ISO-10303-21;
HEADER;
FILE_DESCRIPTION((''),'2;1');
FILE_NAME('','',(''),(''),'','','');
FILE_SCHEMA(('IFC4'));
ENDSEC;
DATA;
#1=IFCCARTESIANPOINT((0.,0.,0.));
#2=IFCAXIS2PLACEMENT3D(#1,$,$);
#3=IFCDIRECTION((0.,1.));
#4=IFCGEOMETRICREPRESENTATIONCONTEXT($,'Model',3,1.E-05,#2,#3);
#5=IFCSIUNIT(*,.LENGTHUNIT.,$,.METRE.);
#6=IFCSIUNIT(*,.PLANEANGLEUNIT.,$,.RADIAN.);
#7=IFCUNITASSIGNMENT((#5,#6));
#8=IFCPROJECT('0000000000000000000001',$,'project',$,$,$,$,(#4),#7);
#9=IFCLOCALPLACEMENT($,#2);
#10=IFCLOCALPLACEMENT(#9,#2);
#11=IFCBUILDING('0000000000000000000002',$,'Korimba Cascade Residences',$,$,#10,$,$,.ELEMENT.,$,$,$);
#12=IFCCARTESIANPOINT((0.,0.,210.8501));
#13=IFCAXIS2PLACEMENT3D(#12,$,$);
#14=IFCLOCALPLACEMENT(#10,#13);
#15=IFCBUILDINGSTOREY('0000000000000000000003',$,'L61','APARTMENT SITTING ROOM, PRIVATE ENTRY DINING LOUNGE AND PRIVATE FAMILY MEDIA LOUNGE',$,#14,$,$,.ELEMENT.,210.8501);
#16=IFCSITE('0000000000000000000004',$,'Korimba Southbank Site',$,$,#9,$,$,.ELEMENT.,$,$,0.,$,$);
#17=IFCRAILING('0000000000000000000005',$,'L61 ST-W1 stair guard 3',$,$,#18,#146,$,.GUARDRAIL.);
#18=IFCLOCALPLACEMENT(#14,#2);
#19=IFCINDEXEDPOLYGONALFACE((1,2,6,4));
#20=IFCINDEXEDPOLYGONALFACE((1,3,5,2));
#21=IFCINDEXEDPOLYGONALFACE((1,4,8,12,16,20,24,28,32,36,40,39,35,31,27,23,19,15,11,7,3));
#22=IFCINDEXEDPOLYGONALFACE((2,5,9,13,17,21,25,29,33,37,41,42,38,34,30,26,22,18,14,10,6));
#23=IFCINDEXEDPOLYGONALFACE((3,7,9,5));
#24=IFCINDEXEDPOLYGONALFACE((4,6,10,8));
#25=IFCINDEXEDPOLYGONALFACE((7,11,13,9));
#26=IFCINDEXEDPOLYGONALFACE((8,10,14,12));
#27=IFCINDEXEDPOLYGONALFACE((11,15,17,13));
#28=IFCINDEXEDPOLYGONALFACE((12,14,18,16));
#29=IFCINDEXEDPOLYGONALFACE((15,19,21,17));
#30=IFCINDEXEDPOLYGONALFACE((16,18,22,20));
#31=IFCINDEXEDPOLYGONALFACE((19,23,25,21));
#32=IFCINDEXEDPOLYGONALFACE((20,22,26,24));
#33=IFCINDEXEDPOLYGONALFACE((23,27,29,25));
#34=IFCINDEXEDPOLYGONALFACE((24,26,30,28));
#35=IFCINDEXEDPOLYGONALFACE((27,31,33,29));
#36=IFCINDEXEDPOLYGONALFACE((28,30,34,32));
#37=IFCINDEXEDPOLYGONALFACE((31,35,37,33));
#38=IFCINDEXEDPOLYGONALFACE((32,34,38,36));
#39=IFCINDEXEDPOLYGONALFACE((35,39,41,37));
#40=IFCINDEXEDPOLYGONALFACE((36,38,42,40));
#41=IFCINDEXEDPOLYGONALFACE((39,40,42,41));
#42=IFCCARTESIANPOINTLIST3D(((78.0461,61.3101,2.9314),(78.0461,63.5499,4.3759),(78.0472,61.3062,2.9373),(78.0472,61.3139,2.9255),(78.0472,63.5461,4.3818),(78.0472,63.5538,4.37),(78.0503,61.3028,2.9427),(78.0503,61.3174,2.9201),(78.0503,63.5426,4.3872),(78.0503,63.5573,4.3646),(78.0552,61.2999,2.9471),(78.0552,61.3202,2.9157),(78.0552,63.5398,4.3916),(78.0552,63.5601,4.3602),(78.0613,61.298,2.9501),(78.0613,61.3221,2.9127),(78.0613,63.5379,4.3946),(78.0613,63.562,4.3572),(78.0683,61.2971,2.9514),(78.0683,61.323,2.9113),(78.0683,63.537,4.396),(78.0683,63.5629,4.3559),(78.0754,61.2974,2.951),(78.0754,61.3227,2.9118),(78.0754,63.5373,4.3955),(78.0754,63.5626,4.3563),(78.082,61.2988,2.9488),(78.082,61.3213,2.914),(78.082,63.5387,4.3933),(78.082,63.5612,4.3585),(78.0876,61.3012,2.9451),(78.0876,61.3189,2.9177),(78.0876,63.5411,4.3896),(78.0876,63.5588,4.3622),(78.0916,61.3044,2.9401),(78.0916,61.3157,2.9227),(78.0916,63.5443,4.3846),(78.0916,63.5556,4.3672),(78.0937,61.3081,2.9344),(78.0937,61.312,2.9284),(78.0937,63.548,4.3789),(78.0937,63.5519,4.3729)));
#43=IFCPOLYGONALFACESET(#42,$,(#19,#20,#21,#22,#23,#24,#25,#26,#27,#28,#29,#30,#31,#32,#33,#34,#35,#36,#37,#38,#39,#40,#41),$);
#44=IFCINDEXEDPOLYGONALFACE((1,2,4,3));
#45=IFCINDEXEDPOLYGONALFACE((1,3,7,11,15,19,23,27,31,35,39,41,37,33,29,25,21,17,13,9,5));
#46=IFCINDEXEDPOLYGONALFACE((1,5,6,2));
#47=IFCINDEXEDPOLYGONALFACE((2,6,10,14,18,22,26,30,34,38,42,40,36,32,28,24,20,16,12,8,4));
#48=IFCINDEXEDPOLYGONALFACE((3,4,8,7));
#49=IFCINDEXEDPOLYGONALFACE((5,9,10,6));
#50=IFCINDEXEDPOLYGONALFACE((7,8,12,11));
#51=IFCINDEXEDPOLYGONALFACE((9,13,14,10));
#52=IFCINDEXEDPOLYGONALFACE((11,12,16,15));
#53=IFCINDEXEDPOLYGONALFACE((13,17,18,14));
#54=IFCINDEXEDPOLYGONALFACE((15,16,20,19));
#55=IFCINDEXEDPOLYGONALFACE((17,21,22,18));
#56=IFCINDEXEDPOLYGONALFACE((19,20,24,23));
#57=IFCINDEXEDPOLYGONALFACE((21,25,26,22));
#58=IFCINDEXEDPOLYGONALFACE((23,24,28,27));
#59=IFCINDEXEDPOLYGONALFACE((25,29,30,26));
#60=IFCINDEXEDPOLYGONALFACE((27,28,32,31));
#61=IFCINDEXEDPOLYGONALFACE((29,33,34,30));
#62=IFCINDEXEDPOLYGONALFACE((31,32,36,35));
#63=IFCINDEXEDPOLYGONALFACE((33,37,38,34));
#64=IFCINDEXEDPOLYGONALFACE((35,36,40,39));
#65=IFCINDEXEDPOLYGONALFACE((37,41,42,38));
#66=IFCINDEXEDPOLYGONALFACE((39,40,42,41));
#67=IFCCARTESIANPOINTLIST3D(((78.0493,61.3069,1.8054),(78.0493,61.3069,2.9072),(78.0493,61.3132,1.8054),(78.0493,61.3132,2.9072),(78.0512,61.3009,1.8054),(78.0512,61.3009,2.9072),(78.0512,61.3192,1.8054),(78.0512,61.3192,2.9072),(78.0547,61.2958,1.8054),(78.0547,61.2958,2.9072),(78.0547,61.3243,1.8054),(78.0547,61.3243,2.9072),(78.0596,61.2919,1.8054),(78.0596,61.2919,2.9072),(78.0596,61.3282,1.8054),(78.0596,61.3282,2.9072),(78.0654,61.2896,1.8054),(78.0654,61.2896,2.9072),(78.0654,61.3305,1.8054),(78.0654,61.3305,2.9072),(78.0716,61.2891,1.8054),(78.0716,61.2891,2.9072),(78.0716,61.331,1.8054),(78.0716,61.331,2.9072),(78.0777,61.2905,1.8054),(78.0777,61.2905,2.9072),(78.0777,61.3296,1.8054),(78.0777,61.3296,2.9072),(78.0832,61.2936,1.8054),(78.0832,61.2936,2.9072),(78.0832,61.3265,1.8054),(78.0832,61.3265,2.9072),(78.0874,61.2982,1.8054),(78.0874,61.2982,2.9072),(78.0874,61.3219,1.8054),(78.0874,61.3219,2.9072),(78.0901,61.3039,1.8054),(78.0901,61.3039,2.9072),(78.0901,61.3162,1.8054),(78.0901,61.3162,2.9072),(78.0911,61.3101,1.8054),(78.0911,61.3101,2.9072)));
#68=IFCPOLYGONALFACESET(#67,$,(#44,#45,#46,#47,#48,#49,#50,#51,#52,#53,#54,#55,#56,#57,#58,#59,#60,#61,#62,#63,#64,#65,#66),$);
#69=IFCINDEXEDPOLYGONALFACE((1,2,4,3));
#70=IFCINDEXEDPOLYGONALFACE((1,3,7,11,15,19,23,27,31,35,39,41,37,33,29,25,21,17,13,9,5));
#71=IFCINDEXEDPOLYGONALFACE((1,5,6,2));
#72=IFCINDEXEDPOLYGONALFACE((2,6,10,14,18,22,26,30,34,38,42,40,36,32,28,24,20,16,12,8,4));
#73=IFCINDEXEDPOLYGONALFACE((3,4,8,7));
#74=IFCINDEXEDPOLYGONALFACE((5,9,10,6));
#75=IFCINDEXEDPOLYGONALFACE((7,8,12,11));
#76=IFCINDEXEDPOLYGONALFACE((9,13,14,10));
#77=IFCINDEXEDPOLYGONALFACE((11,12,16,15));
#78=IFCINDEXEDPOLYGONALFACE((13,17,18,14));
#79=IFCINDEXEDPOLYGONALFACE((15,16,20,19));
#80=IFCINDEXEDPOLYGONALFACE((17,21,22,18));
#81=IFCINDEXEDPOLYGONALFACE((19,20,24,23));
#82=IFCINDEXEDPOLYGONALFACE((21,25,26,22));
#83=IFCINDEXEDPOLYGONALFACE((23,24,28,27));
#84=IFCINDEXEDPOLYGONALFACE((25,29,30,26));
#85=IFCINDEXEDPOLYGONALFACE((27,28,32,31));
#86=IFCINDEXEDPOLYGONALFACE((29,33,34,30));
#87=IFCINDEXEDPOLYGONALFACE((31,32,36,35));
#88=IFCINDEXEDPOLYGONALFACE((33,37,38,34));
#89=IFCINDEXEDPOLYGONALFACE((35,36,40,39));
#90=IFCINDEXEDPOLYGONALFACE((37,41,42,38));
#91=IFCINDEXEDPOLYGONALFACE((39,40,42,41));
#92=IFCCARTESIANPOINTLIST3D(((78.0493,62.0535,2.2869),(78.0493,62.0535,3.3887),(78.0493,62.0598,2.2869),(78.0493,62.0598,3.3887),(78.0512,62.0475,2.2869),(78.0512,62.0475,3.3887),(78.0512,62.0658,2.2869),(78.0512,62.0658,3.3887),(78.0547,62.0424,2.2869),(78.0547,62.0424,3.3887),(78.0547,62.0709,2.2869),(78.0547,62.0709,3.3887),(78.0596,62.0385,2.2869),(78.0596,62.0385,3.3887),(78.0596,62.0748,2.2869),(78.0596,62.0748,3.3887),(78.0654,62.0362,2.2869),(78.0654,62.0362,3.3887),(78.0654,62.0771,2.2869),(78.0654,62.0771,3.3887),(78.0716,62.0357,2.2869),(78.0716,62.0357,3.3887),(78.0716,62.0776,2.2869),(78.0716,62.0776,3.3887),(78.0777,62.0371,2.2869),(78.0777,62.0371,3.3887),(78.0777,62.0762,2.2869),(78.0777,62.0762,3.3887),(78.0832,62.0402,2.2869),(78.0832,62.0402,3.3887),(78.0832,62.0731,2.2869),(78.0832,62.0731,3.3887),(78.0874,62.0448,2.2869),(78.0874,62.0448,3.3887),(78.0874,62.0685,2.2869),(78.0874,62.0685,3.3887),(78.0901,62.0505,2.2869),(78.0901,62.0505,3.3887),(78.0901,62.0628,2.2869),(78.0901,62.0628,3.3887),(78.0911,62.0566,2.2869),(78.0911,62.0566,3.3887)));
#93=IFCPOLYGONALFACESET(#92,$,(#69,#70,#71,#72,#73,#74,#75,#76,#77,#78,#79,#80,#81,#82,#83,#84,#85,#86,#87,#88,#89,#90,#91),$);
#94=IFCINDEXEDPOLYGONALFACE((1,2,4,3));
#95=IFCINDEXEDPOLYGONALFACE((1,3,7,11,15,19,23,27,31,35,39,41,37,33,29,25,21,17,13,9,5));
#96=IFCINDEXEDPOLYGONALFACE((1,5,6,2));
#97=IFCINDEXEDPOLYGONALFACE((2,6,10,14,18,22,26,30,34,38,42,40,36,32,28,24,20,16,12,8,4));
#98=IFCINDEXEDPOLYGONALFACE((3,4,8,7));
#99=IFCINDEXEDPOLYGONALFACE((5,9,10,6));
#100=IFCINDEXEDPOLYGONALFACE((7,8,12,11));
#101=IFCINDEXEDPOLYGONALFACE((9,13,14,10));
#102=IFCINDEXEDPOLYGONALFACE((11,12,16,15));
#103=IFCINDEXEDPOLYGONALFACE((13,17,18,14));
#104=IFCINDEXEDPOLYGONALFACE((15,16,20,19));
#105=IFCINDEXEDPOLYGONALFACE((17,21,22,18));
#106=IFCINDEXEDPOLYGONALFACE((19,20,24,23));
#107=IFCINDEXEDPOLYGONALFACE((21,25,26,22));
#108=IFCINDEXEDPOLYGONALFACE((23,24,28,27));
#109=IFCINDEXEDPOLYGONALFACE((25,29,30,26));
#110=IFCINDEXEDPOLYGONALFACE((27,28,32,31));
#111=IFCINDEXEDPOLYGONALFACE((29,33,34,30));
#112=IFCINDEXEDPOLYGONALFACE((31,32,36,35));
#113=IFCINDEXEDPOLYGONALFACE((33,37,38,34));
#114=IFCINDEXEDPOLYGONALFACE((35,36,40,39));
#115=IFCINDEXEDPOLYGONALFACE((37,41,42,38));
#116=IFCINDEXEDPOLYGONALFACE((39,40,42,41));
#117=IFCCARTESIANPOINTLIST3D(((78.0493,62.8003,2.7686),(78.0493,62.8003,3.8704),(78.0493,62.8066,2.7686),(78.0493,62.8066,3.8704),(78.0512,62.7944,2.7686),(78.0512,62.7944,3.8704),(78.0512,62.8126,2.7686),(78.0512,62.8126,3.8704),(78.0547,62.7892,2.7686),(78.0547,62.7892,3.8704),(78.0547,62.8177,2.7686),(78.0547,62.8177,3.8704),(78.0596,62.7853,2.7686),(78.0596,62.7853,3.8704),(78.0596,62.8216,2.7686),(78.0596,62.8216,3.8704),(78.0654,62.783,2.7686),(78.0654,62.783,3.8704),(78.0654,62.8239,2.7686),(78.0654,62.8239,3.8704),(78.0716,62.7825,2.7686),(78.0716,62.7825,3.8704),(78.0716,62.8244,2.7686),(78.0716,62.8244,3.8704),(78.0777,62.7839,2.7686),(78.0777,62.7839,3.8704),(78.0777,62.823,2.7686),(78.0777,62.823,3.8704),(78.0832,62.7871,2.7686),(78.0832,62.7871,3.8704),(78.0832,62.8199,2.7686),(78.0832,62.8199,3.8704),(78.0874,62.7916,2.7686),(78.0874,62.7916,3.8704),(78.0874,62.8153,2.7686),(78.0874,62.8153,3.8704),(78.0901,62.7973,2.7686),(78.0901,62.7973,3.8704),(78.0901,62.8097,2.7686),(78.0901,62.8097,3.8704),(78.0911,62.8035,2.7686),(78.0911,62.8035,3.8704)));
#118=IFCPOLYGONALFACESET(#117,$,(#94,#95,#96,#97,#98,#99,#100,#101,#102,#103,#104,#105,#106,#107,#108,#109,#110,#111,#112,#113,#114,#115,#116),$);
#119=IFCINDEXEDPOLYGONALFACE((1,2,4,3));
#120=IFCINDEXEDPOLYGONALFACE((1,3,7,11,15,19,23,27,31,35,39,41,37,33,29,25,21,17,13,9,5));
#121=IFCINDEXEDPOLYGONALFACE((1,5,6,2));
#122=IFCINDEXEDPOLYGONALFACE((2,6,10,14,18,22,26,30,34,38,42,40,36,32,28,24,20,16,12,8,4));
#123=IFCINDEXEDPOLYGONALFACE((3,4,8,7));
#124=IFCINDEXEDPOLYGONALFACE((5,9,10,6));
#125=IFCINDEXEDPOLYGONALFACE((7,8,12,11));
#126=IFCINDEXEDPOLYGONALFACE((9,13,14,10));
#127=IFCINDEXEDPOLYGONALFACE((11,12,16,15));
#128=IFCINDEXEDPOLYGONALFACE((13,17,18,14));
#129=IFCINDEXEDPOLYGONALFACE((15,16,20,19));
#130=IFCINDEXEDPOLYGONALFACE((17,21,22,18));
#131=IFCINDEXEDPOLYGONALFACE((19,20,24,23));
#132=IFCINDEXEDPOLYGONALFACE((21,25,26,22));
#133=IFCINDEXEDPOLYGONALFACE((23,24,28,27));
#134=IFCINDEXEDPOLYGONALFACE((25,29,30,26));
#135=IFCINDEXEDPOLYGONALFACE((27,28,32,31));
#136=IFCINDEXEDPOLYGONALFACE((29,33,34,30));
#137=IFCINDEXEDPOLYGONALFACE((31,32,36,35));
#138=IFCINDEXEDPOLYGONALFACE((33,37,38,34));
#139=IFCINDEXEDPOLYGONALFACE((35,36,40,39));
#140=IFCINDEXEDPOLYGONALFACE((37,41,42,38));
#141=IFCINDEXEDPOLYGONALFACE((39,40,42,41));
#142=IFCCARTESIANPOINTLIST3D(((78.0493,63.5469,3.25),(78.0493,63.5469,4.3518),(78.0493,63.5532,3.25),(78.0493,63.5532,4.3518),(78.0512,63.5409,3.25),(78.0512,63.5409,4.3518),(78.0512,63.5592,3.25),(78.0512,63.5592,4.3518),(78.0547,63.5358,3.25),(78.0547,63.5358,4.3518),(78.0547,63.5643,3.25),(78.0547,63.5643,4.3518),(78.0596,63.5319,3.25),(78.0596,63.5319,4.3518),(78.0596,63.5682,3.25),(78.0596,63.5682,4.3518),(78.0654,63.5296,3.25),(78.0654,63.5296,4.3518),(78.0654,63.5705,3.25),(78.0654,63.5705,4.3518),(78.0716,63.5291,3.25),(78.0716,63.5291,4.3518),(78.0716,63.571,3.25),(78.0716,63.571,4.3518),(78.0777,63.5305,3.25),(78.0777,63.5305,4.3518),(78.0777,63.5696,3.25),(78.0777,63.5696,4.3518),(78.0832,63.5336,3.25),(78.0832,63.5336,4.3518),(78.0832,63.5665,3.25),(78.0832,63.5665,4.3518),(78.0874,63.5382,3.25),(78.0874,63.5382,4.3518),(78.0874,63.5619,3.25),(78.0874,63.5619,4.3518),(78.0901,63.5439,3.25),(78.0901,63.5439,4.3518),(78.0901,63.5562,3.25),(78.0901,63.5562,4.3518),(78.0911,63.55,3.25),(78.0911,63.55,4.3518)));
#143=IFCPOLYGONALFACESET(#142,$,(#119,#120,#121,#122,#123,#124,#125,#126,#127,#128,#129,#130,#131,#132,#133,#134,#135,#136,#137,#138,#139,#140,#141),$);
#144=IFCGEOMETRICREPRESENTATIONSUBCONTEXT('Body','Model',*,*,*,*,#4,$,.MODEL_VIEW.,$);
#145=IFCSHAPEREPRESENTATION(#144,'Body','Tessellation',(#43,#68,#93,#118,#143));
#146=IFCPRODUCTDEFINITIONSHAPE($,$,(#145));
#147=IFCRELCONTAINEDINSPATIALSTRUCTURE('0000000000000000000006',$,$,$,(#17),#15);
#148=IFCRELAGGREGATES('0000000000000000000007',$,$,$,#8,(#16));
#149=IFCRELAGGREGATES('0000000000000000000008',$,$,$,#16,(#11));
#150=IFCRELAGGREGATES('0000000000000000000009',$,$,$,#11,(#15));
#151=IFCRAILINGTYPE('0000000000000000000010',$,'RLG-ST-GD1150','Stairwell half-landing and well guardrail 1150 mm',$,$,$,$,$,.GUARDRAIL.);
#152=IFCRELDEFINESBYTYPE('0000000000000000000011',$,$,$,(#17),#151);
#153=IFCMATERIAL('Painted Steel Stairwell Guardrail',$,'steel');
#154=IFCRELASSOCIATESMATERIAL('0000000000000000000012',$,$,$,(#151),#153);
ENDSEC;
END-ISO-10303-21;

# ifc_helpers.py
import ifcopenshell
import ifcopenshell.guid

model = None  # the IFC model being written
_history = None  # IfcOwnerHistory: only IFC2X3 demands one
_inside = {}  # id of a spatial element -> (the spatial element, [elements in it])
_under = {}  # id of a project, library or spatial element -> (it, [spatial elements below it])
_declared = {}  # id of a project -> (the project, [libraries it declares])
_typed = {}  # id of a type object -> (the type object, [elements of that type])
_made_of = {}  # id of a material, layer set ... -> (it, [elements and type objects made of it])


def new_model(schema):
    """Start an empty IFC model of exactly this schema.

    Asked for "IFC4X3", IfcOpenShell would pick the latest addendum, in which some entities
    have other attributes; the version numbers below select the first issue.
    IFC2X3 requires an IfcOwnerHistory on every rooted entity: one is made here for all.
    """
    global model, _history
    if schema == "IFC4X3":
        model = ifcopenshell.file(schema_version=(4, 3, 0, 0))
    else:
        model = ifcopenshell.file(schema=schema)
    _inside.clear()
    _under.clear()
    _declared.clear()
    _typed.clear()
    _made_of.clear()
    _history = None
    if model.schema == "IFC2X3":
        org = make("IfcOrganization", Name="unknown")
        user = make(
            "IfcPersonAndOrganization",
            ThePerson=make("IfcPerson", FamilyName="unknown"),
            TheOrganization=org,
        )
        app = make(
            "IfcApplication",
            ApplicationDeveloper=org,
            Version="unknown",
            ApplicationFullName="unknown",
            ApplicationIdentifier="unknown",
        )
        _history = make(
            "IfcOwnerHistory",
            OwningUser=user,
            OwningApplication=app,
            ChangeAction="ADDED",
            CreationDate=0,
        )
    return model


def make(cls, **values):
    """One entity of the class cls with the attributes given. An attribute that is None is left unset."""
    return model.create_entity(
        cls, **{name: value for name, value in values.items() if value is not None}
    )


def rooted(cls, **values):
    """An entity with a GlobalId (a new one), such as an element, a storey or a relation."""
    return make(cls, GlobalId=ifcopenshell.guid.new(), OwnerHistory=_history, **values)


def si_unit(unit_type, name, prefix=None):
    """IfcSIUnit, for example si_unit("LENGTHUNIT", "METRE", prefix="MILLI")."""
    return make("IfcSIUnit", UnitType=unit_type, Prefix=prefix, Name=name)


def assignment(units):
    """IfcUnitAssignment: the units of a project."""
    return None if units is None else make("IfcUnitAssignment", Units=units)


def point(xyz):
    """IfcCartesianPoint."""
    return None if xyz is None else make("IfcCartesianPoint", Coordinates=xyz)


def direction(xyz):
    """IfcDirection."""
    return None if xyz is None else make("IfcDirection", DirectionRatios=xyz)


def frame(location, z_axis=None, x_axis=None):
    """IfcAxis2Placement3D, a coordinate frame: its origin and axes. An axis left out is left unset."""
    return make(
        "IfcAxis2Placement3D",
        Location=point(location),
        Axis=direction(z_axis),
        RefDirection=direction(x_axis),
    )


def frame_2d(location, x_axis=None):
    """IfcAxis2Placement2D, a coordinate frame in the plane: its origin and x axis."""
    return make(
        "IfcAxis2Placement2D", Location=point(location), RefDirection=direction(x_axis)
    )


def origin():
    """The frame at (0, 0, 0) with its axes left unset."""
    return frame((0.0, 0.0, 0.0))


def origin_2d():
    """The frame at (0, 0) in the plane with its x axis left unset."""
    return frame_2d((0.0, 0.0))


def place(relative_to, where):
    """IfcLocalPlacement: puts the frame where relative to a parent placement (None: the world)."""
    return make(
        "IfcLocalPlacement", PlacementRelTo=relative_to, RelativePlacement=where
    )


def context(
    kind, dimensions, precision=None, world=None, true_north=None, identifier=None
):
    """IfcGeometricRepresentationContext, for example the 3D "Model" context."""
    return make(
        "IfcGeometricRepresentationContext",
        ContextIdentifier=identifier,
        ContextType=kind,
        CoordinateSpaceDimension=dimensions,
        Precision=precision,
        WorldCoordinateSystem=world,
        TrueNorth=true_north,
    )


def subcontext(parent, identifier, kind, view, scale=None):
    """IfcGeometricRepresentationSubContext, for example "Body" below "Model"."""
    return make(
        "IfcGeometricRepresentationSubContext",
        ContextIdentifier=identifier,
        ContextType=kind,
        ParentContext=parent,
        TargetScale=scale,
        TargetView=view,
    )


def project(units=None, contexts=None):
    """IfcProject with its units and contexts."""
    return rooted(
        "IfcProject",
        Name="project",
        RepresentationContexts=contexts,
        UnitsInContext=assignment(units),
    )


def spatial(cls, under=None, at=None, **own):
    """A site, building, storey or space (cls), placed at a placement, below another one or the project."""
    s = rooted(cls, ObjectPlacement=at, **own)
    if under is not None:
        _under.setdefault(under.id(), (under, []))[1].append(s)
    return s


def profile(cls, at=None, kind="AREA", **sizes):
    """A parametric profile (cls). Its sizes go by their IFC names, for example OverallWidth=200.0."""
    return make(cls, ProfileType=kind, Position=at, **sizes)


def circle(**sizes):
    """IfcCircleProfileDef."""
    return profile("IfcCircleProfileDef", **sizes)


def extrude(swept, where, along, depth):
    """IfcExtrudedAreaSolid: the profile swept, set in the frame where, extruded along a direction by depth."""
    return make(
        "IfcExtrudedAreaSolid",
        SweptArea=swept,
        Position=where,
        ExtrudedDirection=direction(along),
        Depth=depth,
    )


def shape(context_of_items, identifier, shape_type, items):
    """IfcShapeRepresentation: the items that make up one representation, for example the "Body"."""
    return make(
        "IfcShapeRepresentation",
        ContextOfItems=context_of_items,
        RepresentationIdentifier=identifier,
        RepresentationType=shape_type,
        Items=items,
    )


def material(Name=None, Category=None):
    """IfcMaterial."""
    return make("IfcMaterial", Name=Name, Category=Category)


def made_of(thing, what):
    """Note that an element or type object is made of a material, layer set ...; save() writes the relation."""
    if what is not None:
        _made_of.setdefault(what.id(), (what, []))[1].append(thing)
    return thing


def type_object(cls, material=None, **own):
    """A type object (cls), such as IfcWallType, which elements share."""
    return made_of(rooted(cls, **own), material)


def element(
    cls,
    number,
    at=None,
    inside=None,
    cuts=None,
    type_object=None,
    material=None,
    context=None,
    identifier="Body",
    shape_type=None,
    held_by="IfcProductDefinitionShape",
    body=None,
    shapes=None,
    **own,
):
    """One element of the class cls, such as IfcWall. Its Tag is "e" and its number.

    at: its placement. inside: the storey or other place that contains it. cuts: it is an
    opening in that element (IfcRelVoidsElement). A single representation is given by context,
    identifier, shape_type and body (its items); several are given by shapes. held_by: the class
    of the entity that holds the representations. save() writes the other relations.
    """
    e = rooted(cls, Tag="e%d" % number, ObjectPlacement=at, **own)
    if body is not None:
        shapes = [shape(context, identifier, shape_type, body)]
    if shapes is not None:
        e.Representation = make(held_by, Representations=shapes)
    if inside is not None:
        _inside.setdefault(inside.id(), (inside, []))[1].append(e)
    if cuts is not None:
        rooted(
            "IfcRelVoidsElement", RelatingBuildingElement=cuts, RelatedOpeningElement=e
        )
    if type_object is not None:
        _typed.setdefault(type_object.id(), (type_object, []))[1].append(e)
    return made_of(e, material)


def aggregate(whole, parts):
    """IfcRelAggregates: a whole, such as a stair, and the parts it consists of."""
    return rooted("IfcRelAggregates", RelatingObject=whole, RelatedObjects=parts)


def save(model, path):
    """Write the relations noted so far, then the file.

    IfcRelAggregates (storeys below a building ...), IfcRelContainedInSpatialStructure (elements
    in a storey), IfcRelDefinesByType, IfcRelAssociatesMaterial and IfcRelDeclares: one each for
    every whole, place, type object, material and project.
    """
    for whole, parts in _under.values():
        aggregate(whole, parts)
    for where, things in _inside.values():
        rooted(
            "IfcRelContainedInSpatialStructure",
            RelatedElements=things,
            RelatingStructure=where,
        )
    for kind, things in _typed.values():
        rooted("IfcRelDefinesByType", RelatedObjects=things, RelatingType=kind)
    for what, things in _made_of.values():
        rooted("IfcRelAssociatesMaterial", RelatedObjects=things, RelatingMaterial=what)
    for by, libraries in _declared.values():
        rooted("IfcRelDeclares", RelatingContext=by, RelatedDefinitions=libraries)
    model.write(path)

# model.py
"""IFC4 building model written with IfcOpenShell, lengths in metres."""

from ifc_helpers import new_model, si_unit, direction, frame, origin, origin_2d, place, context, subcontext, project, spatial, circle, extrude, material, type_object, element, save


model = new_model("IFC4")

# Units and contexts
model_context = context("Model", 3, precision=1e-05, world=origin(), true_north=direction((0.0, 1.0)))
body_context = subcontext(model_context, "Body", "Model", "MODEL_VIEW")
ifc_project = project(units=[si_unit("LENGTHUNIT", "METRE"), si_unit("PLANEANGLEUNIT", "RADIAN")], contexts=[model_context])

# Site, building, storey
site_placement = place(None, origin())
site = spatial("IfcSite", under=ifc_project, at=site_placement, Name="Korimba Southbank Site", CompositionType="ELEMENT", RefElevation=0.0)
building_placement = place(site_placement, origin())
building = spatial("IfcBuilding", under=site, at=building_placement, Name="Korimba Cascade Residences", CompositionType="ELEMENT")
storey_placement = place(building_placement, frame((0.0, 0.0, 210.8501)))
storey = spatial("IfcBuildingStorey", under=building, at=storey_placement, Name="L61", Description="APARTMENT SITTING ROOM, PRIVATE ENTRY DINING LOUNGE AND PRIVATE FAMILY MEDIA LOUNGE", CompositionType="ELEMENT", Elevation=210.8501)

# Railing
ifc_material_1 = material(Name="Painted Steel Stairwell Guardrail", Category="steel")
railing_type_1 = type_object("IfcRailingType", Name="RLG-ST-GD1150", Description="Stairwell half-landing and well guardrail 1150 mm", PredefinedType="GUARDRAIL", material=ifc_material_1)
railing_1_placement = place(storey_placement, frame((78.0701, 61.3101, 1.8054)))
element("IfcRailing", 1, at=railing_1_placement, inside=storey, type_object=railing_type_1, Name="L61 ST-W1 stair guard 3", PredefinedType="GUARDRAIL", context=body_context, shape_type="SweptSolid", body=[
    extrude(circle(Radius=0.0239, at=origin_2d()), frame((0.0, 0.0, 1.126), z_axis=(0.0, 0.840395, 0.541975), x_axis=(-1.0, 0.0, 0.0)), (0.0, 0.0, 1.0), 2.6653),
    extrude(circle(Radius=0.021, at=origin_2d()), origin(), (0.0, 0.0, 1.0), 1.1018),
    extrude(circle(Radius=0.021, at=origin_2d()), frame((0.0, 0.7466, 0.4814)), (0.0, 0.0, 1.0), 1.1018),
    extrude(circle(Radius=0.021, at=origin_2d()), frame((0.0, 1.4934, 0.9631)), (0.0, 0.0, 1.0), 1.1018),
    extrude(circle(Radius=0.021, at=origin_2d()), frame((0.0, 2.24, 1.4446)), (0.0, 0.0, 1.0), 1.1018),
])

save(model, "model.ifc")
